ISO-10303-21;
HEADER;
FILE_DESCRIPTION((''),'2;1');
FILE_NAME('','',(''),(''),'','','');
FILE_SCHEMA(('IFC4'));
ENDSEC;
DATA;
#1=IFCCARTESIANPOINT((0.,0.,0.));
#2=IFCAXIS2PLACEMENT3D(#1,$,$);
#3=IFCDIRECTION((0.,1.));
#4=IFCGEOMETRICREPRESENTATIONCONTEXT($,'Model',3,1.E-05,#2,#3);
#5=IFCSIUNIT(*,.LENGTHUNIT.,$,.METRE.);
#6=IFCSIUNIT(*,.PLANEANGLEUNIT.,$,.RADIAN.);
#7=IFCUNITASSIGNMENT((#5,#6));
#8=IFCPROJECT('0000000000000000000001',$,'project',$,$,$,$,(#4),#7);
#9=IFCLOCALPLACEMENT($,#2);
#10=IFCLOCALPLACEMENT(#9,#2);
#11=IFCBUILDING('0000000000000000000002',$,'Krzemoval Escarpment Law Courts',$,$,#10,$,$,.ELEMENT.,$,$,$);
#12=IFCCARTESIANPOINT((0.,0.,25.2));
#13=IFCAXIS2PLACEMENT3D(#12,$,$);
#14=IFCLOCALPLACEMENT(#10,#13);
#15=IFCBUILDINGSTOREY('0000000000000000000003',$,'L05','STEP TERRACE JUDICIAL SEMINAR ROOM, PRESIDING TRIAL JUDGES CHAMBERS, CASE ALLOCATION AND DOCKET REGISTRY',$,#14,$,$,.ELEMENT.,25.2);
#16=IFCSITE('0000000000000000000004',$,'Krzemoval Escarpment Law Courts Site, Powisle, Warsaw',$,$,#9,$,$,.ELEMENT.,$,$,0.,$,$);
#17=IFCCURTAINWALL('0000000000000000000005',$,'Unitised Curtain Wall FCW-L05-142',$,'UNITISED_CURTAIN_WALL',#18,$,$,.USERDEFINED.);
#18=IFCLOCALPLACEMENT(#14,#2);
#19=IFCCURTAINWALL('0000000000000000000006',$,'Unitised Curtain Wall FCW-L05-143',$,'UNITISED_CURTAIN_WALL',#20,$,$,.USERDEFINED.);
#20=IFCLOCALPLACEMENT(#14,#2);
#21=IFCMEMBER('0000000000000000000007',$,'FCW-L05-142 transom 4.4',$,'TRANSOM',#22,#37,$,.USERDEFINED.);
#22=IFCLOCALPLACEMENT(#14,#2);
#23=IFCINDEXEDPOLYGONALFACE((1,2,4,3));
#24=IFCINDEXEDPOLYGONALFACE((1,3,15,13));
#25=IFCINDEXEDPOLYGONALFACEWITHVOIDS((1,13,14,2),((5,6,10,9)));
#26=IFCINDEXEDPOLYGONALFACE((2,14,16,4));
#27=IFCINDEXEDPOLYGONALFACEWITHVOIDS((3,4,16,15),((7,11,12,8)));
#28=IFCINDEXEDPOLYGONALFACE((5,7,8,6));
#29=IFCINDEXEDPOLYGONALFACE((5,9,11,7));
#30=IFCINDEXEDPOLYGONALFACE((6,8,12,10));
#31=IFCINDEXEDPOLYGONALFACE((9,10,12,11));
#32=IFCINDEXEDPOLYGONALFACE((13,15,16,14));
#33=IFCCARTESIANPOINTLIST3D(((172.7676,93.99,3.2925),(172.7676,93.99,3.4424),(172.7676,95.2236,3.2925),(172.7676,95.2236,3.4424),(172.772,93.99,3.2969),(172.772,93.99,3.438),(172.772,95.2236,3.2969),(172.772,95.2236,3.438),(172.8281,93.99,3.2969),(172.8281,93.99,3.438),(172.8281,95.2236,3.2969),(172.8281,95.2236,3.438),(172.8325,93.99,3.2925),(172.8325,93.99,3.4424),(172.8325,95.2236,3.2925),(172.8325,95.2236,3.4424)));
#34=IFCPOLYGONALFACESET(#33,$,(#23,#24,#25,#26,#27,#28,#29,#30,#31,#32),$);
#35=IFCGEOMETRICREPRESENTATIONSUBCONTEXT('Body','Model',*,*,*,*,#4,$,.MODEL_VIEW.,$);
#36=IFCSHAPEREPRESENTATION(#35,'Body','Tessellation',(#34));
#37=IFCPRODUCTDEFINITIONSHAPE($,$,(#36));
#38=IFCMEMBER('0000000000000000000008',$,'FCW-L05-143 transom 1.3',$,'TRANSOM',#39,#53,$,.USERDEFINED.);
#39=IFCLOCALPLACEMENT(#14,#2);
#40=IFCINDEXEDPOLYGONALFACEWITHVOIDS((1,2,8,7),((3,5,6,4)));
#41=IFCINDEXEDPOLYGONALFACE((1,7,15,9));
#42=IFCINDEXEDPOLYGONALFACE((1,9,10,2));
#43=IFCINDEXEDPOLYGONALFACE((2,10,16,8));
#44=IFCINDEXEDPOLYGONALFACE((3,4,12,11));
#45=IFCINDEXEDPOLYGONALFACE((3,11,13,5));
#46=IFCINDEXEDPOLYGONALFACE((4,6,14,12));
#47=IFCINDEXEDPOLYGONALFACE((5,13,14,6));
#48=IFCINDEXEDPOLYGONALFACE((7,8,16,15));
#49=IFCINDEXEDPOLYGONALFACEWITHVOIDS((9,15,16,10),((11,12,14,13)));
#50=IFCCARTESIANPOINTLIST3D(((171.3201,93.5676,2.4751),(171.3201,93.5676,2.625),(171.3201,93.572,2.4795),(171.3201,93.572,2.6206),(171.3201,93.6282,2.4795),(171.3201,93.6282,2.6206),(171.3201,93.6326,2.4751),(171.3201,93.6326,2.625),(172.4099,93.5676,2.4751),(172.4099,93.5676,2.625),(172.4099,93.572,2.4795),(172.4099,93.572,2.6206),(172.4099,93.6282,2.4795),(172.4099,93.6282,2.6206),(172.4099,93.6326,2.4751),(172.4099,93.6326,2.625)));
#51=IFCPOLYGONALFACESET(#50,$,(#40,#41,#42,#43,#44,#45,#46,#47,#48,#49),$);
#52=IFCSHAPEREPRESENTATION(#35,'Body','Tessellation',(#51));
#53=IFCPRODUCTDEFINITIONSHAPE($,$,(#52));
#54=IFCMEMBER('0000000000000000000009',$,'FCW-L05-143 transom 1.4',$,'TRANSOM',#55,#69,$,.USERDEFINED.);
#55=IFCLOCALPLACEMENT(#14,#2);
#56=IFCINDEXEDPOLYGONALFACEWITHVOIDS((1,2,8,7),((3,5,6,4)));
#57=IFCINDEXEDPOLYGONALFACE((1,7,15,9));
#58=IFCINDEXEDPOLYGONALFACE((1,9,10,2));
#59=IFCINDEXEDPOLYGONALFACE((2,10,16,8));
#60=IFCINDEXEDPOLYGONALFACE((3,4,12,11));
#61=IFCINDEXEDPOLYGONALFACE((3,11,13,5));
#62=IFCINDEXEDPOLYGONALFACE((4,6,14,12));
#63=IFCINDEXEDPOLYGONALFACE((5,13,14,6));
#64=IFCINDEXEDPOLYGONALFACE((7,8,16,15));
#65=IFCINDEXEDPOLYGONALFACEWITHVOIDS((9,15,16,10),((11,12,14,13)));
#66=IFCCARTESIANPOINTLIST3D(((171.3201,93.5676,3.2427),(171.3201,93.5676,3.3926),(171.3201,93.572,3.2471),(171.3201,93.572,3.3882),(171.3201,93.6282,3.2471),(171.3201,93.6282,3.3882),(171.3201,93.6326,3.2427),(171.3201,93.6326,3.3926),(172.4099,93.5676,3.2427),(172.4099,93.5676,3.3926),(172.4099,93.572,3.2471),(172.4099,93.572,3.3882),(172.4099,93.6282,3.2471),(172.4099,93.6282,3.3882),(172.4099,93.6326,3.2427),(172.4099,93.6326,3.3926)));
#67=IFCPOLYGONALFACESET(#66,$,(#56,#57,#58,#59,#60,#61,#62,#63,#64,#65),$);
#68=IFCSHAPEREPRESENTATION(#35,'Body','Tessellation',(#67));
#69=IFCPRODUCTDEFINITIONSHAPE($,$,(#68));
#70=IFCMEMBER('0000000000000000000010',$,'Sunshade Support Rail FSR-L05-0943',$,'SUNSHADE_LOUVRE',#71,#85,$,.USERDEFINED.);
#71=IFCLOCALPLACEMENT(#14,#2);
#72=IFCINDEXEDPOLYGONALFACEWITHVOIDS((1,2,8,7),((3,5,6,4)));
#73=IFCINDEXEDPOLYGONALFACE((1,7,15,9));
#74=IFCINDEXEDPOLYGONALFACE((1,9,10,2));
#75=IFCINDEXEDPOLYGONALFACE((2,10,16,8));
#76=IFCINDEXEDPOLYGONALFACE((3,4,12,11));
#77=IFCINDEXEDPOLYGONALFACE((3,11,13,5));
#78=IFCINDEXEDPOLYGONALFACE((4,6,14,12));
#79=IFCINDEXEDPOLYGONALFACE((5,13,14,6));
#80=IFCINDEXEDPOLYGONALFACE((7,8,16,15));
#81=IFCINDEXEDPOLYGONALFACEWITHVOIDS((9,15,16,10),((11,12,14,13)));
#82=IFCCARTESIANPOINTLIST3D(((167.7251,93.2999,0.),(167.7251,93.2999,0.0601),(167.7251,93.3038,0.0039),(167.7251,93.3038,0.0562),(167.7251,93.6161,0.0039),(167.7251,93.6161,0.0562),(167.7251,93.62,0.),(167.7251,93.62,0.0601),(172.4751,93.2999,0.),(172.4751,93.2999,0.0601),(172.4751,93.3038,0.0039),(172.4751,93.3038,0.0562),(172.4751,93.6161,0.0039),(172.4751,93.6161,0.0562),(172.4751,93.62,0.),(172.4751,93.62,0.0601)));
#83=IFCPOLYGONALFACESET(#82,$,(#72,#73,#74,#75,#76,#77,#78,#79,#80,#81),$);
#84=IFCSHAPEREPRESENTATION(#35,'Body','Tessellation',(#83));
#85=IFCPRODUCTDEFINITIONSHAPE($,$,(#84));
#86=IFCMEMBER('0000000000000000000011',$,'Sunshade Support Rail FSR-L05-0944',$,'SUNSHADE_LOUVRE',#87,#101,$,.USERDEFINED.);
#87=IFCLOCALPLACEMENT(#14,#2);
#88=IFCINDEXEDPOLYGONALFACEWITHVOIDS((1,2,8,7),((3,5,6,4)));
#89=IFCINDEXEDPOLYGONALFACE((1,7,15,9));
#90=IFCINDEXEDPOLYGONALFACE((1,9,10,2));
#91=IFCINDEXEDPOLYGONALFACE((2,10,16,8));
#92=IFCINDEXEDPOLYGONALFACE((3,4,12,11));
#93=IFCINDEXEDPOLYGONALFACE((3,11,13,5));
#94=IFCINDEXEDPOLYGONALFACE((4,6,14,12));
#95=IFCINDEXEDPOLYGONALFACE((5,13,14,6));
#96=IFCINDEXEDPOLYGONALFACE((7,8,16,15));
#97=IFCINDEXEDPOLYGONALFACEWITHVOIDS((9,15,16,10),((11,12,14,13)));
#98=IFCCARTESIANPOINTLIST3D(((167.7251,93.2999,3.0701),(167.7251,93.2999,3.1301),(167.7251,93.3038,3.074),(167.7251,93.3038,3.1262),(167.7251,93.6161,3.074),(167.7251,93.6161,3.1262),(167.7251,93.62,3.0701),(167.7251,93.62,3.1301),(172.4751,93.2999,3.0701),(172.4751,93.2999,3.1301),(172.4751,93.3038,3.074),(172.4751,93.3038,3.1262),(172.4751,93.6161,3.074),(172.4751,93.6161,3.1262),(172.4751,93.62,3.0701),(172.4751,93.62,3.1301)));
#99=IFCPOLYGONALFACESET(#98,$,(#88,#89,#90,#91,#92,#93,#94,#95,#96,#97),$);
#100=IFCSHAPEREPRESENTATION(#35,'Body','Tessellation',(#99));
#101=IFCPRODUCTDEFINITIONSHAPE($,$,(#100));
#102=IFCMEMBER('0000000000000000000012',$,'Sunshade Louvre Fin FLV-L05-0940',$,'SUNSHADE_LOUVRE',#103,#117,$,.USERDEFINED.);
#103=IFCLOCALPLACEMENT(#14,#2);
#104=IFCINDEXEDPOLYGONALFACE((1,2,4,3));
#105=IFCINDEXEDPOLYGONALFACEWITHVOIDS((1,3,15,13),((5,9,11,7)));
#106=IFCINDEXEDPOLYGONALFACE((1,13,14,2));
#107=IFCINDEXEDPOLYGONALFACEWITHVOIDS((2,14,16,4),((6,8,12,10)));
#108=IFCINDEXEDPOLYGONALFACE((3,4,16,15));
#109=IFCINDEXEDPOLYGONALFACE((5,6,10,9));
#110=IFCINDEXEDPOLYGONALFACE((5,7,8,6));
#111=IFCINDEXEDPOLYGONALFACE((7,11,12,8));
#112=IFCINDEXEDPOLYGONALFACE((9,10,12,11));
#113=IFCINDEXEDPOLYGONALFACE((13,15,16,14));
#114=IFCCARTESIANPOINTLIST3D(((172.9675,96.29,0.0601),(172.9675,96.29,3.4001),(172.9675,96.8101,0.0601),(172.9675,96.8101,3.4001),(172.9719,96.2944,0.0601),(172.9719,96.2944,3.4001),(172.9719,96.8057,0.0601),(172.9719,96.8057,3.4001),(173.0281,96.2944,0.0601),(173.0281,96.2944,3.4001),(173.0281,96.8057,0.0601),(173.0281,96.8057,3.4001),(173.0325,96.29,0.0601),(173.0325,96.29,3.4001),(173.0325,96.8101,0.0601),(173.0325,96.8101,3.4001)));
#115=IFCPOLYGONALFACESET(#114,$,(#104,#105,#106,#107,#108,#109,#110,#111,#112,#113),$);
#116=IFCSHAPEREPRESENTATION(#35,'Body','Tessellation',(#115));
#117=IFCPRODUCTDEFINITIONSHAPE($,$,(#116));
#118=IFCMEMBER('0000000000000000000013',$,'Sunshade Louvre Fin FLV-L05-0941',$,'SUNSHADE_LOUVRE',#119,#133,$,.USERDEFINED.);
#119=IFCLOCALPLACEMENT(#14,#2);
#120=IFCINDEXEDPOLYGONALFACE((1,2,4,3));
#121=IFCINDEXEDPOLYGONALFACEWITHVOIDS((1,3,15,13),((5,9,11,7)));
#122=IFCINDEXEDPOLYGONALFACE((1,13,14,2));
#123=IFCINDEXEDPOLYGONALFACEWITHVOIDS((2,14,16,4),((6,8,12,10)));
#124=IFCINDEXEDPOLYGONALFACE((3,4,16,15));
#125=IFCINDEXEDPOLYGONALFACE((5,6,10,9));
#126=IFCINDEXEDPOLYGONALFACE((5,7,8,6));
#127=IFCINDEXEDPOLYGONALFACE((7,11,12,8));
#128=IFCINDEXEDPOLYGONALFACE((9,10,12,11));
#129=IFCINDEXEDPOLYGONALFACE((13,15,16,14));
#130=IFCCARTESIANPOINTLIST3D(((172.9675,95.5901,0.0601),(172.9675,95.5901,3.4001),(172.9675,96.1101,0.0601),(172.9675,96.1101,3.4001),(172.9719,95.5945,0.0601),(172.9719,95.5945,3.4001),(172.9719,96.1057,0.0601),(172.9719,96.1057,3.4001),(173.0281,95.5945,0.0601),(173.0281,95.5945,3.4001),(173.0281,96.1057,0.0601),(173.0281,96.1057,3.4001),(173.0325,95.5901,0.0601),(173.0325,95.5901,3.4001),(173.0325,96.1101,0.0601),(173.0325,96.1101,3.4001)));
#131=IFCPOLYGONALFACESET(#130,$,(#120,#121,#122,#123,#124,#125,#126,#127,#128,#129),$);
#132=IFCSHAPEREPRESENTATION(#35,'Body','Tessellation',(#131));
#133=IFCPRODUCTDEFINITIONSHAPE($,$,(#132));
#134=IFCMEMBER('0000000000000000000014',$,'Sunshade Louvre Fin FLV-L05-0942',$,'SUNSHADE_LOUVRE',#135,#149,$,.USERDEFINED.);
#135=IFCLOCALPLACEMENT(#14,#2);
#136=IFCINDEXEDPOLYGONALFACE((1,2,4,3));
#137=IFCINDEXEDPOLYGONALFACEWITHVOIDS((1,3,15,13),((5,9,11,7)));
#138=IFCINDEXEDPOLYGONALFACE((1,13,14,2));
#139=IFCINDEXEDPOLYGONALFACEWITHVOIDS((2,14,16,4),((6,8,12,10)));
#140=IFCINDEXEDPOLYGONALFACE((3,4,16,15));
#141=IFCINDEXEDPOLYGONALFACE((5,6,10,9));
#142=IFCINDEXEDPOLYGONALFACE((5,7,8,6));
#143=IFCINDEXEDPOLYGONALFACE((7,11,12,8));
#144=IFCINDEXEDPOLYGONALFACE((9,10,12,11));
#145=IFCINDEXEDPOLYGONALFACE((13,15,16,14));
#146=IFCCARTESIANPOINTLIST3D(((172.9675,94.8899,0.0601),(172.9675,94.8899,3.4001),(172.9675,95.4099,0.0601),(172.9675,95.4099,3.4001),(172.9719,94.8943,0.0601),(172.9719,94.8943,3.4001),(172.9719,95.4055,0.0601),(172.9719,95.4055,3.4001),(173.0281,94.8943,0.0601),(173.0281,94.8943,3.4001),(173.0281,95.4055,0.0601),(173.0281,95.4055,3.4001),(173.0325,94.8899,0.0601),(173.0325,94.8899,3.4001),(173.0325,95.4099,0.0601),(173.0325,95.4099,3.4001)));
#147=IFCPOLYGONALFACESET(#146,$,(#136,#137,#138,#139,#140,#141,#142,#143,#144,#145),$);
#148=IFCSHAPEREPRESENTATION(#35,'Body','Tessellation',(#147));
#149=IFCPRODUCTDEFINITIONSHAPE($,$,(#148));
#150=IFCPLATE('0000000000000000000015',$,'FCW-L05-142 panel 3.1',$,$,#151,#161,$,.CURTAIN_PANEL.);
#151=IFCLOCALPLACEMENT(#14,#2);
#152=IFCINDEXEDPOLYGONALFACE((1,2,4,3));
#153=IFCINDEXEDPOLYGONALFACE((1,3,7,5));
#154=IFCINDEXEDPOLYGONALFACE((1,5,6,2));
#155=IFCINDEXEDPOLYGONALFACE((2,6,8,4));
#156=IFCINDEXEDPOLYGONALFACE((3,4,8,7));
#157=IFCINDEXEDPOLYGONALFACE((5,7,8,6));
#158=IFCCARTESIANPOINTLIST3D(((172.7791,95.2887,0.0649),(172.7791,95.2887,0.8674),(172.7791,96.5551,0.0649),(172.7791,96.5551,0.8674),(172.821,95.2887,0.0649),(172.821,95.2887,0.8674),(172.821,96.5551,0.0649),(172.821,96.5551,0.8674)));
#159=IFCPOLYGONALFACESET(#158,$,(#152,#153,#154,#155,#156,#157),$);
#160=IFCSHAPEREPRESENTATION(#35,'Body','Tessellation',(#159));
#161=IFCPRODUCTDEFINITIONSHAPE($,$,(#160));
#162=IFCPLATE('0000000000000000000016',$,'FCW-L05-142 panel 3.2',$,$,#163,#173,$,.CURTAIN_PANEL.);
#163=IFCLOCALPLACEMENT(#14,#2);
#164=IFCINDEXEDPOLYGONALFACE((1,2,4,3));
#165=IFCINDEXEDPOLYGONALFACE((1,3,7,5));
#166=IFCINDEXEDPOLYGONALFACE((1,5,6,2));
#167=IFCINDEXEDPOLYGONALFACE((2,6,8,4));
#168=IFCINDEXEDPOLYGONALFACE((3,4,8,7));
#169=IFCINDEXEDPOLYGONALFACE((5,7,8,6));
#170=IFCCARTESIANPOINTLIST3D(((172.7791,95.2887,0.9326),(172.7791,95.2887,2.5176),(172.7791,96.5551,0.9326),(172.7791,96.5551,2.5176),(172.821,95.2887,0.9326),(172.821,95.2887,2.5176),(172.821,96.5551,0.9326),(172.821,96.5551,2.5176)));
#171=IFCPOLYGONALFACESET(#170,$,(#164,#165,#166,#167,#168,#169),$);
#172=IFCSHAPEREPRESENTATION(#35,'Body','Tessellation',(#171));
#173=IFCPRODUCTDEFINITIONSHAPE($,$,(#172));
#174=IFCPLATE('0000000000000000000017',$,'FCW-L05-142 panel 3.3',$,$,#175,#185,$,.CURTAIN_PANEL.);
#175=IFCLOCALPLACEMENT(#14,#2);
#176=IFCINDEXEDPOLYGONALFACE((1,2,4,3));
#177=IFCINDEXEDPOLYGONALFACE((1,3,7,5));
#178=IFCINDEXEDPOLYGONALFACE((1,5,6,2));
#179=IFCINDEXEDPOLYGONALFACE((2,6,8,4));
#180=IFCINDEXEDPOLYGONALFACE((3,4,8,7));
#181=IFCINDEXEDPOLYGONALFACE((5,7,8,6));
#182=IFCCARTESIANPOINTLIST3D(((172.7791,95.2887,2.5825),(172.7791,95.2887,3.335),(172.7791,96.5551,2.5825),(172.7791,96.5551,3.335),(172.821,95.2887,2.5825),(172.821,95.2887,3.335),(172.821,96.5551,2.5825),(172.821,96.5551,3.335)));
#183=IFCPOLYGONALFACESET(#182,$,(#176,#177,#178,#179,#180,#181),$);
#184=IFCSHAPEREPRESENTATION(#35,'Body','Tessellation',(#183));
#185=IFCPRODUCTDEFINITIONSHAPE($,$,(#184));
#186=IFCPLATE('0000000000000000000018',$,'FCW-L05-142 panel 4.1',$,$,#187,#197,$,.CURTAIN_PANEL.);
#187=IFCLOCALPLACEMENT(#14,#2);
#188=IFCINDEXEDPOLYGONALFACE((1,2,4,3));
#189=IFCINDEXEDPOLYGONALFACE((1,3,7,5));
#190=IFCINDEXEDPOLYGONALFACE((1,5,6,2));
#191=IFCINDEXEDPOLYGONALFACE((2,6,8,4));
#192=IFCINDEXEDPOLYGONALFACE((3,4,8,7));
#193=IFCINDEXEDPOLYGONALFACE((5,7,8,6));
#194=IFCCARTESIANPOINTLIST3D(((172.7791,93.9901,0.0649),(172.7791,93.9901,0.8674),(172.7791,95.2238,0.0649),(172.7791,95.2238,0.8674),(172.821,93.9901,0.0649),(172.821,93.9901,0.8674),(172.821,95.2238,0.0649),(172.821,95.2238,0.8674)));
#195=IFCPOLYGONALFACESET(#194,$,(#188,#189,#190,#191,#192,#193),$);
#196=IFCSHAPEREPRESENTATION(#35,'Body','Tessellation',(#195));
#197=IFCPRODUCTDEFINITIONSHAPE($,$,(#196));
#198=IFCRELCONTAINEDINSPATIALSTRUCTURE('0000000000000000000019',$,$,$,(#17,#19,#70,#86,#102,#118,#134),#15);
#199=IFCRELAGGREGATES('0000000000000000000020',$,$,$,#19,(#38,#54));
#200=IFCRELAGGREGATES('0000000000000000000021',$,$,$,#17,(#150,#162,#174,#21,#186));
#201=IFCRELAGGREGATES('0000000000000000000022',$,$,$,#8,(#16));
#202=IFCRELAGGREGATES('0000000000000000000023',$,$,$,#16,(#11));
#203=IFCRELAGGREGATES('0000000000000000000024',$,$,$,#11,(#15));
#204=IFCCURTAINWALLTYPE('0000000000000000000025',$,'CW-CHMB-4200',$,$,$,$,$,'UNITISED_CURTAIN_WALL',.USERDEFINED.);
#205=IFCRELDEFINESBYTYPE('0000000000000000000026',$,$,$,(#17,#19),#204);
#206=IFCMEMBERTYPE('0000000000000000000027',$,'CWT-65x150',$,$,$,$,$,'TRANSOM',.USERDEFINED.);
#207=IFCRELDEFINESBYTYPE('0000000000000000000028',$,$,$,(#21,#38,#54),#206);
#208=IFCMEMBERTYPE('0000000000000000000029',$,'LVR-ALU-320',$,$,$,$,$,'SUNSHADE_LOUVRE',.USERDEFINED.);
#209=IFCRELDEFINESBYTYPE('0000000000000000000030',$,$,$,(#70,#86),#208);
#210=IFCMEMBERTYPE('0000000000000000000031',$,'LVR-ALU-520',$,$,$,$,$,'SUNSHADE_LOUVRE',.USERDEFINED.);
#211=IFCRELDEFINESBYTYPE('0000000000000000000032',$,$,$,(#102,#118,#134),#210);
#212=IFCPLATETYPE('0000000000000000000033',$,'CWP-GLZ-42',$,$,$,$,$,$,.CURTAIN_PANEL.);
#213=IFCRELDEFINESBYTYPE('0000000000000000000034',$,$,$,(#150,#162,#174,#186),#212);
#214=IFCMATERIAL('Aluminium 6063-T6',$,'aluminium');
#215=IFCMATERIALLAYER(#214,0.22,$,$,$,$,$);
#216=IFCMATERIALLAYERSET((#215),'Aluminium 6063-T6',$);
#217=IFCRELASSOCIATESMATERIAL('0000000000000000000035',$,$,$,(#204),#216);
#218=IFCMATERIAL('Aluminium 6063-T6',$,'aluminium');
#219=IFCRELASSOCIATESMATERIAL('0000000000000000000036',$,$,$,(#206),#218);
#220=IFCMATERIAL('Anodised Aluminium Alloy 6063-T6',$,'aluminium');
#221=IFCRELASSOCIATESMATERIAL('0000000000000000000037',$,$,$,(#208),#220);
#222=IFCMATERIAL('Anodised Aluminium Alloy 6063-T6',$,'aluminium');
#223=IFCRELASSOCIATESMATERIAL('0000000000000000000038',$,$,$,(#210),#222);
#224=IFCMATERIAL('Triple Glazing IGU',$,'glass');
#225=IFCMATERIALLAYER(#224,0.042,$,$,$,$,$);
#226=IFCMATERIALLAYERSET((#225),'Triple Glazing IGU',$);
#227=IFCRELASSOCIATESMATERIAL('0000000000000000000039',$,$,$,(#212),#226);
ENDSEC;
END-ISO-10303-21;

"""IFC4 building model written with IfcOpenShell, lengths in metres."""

from ifc_helpers import new_model, si_unit, direction, frame, origin, origin_2d, place, context, subcontext, project, spatial, rectangle, hollow_rectangle, extrude, material, layer, layer_set, material_profile, profile_set, type_object, element, aggregate, save


model = new_model("IFC4")

# Units and contexts
model_context = context("Model", 3, precision=1e-05, world=origin(), true_north=direction((0.0, 1.0)))
body_context = subcontext(model_context, "Body", "Model", "MODEL_VIEW")
ifc_project = project(units=[si_unit("LENGTHUNIT", "METRE"), si_unit("PLANEANGLEUNIT", "RADIAN")], contexts=[model_context])

# Site, building, storey
site_placement = place(None, origin())
site = spatial("IfcSite", under=ifc_project, at=site_placement, Name="Krzemoval Escarpment Law Courts Site, Powisle, Warsaw", CompositionType="ELEMENT", RefElevation=0.0)
building_placement = place(site_placement, origin())
building = spatial("IfcBuilding", under=site, at=building_placement, Name="Krzemoval Escarpment Law Courts", CompositionType="ELEMENT")
storey_placement = place(building_placement, frame((0.0, 0.0, 25.2)))
storey = spatial("IfcBuildingStorey", under=building, at=storey_placement, Name="L05", Description="STEP TERRACE JUDICIAL SEMINAR ROOM, PRESIDING TRIAL JUDGES CHAMBERS, CASE ALLOCATION AND DOCKET REGISTRY", CompositionType="ELEMENT", Elevation=25.2)

# Curtain wall
ifc_material_1 = material(Name="Aluminium 6063-T6", Category="aluminium")
ifc_layer_1 = layer(ifc_material_1, 0.22)
ifc_layer_set_1 = layer_set([ifc_layer_1], Name="Aluminium 6063-T6")
curtain_wall_type = type_object("IfcCurtainWallType", Name="CW-CHMB-4200", ElementType="UNITISED_CURTAIN_WALL", PredefinedType="USERDEFINED", material=ifc_layer_set_1)
curtain_wall_1_placement = place(storey_placement, origin())
curtain_wall_1 = element("IfcCurtainWall", 1, at=curtain_wall_1_placement, inside=storey, type_object=curtain_wall_type, Name="Unitised Curtain Wall FCW-L05-142", ObjectType="UNITISED_CURTAIN_WALL", PredefinedType="USERDEFINED")

# Curtain wall
curtain_wall_2_placement = place(storey_placement, origin())
curtain_wall_2 = element("IfcCurtainWall", 2, at=curtain_wall_2_placement, inside=storey, type_object=curtain_wall_type, Name="Unitised Curtain Wall FCW-L05-143", ObjectType="UNITISED_CURTAIN_WALL", PredefinedType="USERDEFINED")

# Members
ifc_material_2 = material(Name="Aluminium 6063-T6", Category="aluminium")
ifc_material_profile_1 = material_profile(ifc_material_2, hollow_rectangle(XDim=0.0649, YDim=0.1499, WallThickness=0.0044, at=origin_2d()), Name="ALU T65x150")
ifc_profile_set_1 = profile_set([ifc_material_profile_1], Name="Aluminium 6063-T6")
member_type_1 = type_object("IfcMemberType", Name="CWT-65x150", ElementType="TRANSOM", PredefinedType="USERDEFINED", material=ifc_profile_set_1)
member_1_placement = place(storey_placement, frame((172.8, 95.2236, 3.3674), z_axis=(0.0, -1.0, 0.0), x_axis=(1.0, 0.0, 0.0)))
member_1 = element("IfcMember", 3, at=member_1_placement, type_object=member_type_1, Name="FCW-L05-142 transom 4.4", ObjectType="TRANSOM", PredefinedType="USERDEFINED", context=body_context, shape_type="SweptSolid", body=[
    extrude(hollow_rectangle(XDim=0.0649, YDim=0.1499, WallThickness=0.0044, at=origin_2d()), origin(), (0.0, 0.0, 1.0), 1.2336),
])
member_2_placement = place(storey_placement, frame((172.4099, 93.6001, 2.55), z_axis=(-1.0, 0.0, 0.0), x_axis=(0.0, -1.0, 0.0)))
member_2 = element("IfcMember", 4, at=member_2_placement, type_object=member_type_1, Name="FCW-L05-143 transom 1.3", ObjectType="TRANSOM", PredefinedType="USERDEFINED", context=body_context, shape_type="SweptSolid", body=[
    extrude(hollow_rectangle(XDim=0.0649, YDim=0.1499, WallThickness=0.0044, at=origin_2d()), origin(), (0.0, 0.0, 1.0), 1.0898),
])
member_3_placement = place(storey_placement, frame((172.4099, 93.6001, 3.3176), z_axis=(-1.0, 0.0, 0.0), x_axis=(0.0, -1.0, 0.0)))
member_3 = element("IfcMember", 5, at=member_3_placement, type_object=member_type_1, Name="FCW-L05-143 transom 1.4", ObjectType="TRANSOM", PredefinedType="USERDEFINED", context=body_context, shape_type="SweptSolid", body=[
    extrude(hollow_rectangle(XDim=0.0649, YDim=0.1499, WallThickness=0.0044, at=origin_2d()), origin(), (0.0, 0.0, 1.0), 1.0898),
])
aggregate(curtain_wall_2, [member_2, member_3])

# Members
ifc_material_3 = material(Name="Anodised Aluminium Alloy 6063-T6", Category="aluminium")
ifc_material_profile_2 = material_profile(ifc_material_3, hollow_rectangle(XDim=0.0601, YDim=0.3201, WallThickness=0.0039, at=origin_2d()), Name="ALU LVR 60x320")
ifc_profile_set_2 = profile_set([ifc_material_profile_2], Name="Anodised Aluminium Alloy 6063-T6")
member_type_2 = type_object("IfcMemberType", Name="LVR-ALU-320", ElementType="SUNSHADE_LOUVRE", PredefinedType="USERDEFINED", material=ifc_profile_set_2)
for number, where, z_axis, x_axis, name in (
    (6, (172.4751, 93.46, 0.03), (-1.0, 0.0, 0.0), (0.0, 0.0, 1.0), "Sunshade Support Rail FSR-L05-0943"),
    (7, (172.4751, 93.46, 3.1001), (-1.0, 0.0, 0.0), (0.0, 0.0, 1.0), "Sunshade Support Rail FSR-L05-0944"),
):
    element("IfcMember", number, at=place(storey_placement, frame(where, z_axis=z_axis, x_axis=x_axis)), inside=storey, type_object=member_type_2, Name=name, ObjectType="SUNSHADE_LOUVRE", PredefinedType="USERDEFINED", context=body_context, shape_type="SweptSolid", body=[
        extrude(hollow_rectangle(XDim=0.0601, YDim=0.3201, WallThickness=0.0039, at=origin_2d()), origin(), (0.0, 0.0, 1.0), 4.75),
    ])
ifc_material_4 = material(Name="Anodised Aluminium Alloy 6063-T6", Category="aluminium")
ifc_material_profile_3 = material_profile(ifc_material_4, hollow_rectangle(XDim=0.0649, YDim=0.52, WallThickness=0.0044, at=origin_2d()), Name="ALU LVR 65x520")
ifc_profile_set_3 = profile_set([ifc_material_profile_3], Name="Anodised Aluminium Alloy 6063-T6")
member_type_3 = type_object("IfcMemberType", Name="LVR-ALU-520", ElementType="SUNSHADE_LOUVRE", PredefinedType="USERDEFINED", material=ifc_profile_set_3)
for number, where, z_axis, x_axis, name in (
    (8, (173.0, 96.55, 0.0601), (0.0, 0.0, 1.0), (1.0, 0.0, 0.0), "Sunshade Louvre Fin FLV-L05-0940"),
    (9, (173.0, 95.8501, 0.0601), (0.0, 0.0, 1.0), (1.0, 0.0, 0.0), "Sunshade Louvre Fin FLV-L05-0941"),
    (10, (173.0, 95.1499, 0.0601), (0.0, 0.0, 1.0), (1.0, 0.0, 0.0), "Sunshade Louvre Fin FLV-L05-0942"),
):
    element("IfcMember", number, at=place(storey_placement, frame(where, z_axis=z_axis, x_axis=x_axis)), inside=storey, type_object=member_type_3, Name=name, ObjectType="SUNSHADE_LOUVRE", PredefinedType="USERDEFINED", context=body_context, shape_type="SweptSolid", body=[
        extrude(hollow_rectangle(XDim=0.0649, YDim=0.52, WallThickness=0.0044, at=origin_2d()), origin(), (0.0, 0.0, 1.0), 3.3401),
    ])

# Plates
ifc_material_5 = material(Name="Triple Glazing IGU", Category="glass")
ifc_layer_2 = layer(ifc_material_5, 0.042)
ifc_layer_set_2 = layer_set([ifc_layer_2], Name="Triple Glazing IGU")
plate_type = type_object("IfcPlateType", Name="CWP-GLZ-42", PredefinedType="CURTAIN_PANEL", material=ifc_layer_set_2)
plate_1_placement = place(storey_placement, frame((172.8, 95.9219, 0.0649), z_axis=(0.0, 0.0, 1.0), x_axis=(0.0, -1.0, 0.0)))
plate_1 = element("IfcPlate", 11, at=plate_1_placement, type_object=plate_type, Name="FCW-L05-142 panel 3.1", PredefinedType="CURTAIN_PANEL", context=body_context, shape_type="SweptSolid", body=[
    extrude(rectangle(XDim=1.2664, YDim=0.042, at=origin_2d()), origin(), (0.0, 0.0, 1.0), 0.8025),
])
plate_2_placement = place(storey_placement, frame((172.8, 95.9219, 0.9326), z_axis=(0.0, 0.0, 1.0), x_axis=(0.0, -1.0, 0.0)))
plate_2 = element("IfcPlate", 12, at=plate_2_placement, type_object=plate_type, Name="FCW-L05-142 panel 3.2", PredefinedType="CURTAIN_PANEL", context=body_context, shape_type="SweptSolid", body=[
    extrude(rectangle(XDim=1.2664, YDim=0.042, at=origin_2d()), origin(), (0.0, 0.0, 1.0), 1.585),
])
plate_3_placement = place(storey_placement, frame((172.8, 95.9219, 2.5825), z_axis=(0.0, 0.0, 1.0), x_axis=(0.0, -1.0, 0.0)))
plate_3 = element("IfcPlate", 13, at=plate_3_placement, type_object=plate_type, Name="FCW-L05-142 panel 3.3", PredefinedType="CURTAIN_PANEL", context=body_context, shape_type="SweptSolid", body=[
    extrude(rectangle(XDim=1.2664, YDim=0.042, at=origin_2d()), origin(), (0.0, 0.0, 1.0), 0.7524),
])
plate_4_placement = place(storey_placement, frame((172.8, 94.6069, 0.0649), z_axis=(0.0, 0.0, 1.0), x_axis=(0.0, -1.0, 0.0)))
plate_4 = element("IfcPlate", 14, at=plate_4_placement, type_object=plate_type, Name="FCW-L05-142 panel 4.1", PredefinedType="CURTAIN_PANEL", context=body_context, shape_type="SweptSolid", body=[
    extrude(rectangle(XDim=1.2336, YDim=0.042, at=origin_2d()), origin(), (0.0, 0.0, 1.0), 0.8025),
])
aggregate(curtain_wall_1, [plate_1, plate_2, plate_3, member_1, plate_4])

save(model, "model.ifc")
